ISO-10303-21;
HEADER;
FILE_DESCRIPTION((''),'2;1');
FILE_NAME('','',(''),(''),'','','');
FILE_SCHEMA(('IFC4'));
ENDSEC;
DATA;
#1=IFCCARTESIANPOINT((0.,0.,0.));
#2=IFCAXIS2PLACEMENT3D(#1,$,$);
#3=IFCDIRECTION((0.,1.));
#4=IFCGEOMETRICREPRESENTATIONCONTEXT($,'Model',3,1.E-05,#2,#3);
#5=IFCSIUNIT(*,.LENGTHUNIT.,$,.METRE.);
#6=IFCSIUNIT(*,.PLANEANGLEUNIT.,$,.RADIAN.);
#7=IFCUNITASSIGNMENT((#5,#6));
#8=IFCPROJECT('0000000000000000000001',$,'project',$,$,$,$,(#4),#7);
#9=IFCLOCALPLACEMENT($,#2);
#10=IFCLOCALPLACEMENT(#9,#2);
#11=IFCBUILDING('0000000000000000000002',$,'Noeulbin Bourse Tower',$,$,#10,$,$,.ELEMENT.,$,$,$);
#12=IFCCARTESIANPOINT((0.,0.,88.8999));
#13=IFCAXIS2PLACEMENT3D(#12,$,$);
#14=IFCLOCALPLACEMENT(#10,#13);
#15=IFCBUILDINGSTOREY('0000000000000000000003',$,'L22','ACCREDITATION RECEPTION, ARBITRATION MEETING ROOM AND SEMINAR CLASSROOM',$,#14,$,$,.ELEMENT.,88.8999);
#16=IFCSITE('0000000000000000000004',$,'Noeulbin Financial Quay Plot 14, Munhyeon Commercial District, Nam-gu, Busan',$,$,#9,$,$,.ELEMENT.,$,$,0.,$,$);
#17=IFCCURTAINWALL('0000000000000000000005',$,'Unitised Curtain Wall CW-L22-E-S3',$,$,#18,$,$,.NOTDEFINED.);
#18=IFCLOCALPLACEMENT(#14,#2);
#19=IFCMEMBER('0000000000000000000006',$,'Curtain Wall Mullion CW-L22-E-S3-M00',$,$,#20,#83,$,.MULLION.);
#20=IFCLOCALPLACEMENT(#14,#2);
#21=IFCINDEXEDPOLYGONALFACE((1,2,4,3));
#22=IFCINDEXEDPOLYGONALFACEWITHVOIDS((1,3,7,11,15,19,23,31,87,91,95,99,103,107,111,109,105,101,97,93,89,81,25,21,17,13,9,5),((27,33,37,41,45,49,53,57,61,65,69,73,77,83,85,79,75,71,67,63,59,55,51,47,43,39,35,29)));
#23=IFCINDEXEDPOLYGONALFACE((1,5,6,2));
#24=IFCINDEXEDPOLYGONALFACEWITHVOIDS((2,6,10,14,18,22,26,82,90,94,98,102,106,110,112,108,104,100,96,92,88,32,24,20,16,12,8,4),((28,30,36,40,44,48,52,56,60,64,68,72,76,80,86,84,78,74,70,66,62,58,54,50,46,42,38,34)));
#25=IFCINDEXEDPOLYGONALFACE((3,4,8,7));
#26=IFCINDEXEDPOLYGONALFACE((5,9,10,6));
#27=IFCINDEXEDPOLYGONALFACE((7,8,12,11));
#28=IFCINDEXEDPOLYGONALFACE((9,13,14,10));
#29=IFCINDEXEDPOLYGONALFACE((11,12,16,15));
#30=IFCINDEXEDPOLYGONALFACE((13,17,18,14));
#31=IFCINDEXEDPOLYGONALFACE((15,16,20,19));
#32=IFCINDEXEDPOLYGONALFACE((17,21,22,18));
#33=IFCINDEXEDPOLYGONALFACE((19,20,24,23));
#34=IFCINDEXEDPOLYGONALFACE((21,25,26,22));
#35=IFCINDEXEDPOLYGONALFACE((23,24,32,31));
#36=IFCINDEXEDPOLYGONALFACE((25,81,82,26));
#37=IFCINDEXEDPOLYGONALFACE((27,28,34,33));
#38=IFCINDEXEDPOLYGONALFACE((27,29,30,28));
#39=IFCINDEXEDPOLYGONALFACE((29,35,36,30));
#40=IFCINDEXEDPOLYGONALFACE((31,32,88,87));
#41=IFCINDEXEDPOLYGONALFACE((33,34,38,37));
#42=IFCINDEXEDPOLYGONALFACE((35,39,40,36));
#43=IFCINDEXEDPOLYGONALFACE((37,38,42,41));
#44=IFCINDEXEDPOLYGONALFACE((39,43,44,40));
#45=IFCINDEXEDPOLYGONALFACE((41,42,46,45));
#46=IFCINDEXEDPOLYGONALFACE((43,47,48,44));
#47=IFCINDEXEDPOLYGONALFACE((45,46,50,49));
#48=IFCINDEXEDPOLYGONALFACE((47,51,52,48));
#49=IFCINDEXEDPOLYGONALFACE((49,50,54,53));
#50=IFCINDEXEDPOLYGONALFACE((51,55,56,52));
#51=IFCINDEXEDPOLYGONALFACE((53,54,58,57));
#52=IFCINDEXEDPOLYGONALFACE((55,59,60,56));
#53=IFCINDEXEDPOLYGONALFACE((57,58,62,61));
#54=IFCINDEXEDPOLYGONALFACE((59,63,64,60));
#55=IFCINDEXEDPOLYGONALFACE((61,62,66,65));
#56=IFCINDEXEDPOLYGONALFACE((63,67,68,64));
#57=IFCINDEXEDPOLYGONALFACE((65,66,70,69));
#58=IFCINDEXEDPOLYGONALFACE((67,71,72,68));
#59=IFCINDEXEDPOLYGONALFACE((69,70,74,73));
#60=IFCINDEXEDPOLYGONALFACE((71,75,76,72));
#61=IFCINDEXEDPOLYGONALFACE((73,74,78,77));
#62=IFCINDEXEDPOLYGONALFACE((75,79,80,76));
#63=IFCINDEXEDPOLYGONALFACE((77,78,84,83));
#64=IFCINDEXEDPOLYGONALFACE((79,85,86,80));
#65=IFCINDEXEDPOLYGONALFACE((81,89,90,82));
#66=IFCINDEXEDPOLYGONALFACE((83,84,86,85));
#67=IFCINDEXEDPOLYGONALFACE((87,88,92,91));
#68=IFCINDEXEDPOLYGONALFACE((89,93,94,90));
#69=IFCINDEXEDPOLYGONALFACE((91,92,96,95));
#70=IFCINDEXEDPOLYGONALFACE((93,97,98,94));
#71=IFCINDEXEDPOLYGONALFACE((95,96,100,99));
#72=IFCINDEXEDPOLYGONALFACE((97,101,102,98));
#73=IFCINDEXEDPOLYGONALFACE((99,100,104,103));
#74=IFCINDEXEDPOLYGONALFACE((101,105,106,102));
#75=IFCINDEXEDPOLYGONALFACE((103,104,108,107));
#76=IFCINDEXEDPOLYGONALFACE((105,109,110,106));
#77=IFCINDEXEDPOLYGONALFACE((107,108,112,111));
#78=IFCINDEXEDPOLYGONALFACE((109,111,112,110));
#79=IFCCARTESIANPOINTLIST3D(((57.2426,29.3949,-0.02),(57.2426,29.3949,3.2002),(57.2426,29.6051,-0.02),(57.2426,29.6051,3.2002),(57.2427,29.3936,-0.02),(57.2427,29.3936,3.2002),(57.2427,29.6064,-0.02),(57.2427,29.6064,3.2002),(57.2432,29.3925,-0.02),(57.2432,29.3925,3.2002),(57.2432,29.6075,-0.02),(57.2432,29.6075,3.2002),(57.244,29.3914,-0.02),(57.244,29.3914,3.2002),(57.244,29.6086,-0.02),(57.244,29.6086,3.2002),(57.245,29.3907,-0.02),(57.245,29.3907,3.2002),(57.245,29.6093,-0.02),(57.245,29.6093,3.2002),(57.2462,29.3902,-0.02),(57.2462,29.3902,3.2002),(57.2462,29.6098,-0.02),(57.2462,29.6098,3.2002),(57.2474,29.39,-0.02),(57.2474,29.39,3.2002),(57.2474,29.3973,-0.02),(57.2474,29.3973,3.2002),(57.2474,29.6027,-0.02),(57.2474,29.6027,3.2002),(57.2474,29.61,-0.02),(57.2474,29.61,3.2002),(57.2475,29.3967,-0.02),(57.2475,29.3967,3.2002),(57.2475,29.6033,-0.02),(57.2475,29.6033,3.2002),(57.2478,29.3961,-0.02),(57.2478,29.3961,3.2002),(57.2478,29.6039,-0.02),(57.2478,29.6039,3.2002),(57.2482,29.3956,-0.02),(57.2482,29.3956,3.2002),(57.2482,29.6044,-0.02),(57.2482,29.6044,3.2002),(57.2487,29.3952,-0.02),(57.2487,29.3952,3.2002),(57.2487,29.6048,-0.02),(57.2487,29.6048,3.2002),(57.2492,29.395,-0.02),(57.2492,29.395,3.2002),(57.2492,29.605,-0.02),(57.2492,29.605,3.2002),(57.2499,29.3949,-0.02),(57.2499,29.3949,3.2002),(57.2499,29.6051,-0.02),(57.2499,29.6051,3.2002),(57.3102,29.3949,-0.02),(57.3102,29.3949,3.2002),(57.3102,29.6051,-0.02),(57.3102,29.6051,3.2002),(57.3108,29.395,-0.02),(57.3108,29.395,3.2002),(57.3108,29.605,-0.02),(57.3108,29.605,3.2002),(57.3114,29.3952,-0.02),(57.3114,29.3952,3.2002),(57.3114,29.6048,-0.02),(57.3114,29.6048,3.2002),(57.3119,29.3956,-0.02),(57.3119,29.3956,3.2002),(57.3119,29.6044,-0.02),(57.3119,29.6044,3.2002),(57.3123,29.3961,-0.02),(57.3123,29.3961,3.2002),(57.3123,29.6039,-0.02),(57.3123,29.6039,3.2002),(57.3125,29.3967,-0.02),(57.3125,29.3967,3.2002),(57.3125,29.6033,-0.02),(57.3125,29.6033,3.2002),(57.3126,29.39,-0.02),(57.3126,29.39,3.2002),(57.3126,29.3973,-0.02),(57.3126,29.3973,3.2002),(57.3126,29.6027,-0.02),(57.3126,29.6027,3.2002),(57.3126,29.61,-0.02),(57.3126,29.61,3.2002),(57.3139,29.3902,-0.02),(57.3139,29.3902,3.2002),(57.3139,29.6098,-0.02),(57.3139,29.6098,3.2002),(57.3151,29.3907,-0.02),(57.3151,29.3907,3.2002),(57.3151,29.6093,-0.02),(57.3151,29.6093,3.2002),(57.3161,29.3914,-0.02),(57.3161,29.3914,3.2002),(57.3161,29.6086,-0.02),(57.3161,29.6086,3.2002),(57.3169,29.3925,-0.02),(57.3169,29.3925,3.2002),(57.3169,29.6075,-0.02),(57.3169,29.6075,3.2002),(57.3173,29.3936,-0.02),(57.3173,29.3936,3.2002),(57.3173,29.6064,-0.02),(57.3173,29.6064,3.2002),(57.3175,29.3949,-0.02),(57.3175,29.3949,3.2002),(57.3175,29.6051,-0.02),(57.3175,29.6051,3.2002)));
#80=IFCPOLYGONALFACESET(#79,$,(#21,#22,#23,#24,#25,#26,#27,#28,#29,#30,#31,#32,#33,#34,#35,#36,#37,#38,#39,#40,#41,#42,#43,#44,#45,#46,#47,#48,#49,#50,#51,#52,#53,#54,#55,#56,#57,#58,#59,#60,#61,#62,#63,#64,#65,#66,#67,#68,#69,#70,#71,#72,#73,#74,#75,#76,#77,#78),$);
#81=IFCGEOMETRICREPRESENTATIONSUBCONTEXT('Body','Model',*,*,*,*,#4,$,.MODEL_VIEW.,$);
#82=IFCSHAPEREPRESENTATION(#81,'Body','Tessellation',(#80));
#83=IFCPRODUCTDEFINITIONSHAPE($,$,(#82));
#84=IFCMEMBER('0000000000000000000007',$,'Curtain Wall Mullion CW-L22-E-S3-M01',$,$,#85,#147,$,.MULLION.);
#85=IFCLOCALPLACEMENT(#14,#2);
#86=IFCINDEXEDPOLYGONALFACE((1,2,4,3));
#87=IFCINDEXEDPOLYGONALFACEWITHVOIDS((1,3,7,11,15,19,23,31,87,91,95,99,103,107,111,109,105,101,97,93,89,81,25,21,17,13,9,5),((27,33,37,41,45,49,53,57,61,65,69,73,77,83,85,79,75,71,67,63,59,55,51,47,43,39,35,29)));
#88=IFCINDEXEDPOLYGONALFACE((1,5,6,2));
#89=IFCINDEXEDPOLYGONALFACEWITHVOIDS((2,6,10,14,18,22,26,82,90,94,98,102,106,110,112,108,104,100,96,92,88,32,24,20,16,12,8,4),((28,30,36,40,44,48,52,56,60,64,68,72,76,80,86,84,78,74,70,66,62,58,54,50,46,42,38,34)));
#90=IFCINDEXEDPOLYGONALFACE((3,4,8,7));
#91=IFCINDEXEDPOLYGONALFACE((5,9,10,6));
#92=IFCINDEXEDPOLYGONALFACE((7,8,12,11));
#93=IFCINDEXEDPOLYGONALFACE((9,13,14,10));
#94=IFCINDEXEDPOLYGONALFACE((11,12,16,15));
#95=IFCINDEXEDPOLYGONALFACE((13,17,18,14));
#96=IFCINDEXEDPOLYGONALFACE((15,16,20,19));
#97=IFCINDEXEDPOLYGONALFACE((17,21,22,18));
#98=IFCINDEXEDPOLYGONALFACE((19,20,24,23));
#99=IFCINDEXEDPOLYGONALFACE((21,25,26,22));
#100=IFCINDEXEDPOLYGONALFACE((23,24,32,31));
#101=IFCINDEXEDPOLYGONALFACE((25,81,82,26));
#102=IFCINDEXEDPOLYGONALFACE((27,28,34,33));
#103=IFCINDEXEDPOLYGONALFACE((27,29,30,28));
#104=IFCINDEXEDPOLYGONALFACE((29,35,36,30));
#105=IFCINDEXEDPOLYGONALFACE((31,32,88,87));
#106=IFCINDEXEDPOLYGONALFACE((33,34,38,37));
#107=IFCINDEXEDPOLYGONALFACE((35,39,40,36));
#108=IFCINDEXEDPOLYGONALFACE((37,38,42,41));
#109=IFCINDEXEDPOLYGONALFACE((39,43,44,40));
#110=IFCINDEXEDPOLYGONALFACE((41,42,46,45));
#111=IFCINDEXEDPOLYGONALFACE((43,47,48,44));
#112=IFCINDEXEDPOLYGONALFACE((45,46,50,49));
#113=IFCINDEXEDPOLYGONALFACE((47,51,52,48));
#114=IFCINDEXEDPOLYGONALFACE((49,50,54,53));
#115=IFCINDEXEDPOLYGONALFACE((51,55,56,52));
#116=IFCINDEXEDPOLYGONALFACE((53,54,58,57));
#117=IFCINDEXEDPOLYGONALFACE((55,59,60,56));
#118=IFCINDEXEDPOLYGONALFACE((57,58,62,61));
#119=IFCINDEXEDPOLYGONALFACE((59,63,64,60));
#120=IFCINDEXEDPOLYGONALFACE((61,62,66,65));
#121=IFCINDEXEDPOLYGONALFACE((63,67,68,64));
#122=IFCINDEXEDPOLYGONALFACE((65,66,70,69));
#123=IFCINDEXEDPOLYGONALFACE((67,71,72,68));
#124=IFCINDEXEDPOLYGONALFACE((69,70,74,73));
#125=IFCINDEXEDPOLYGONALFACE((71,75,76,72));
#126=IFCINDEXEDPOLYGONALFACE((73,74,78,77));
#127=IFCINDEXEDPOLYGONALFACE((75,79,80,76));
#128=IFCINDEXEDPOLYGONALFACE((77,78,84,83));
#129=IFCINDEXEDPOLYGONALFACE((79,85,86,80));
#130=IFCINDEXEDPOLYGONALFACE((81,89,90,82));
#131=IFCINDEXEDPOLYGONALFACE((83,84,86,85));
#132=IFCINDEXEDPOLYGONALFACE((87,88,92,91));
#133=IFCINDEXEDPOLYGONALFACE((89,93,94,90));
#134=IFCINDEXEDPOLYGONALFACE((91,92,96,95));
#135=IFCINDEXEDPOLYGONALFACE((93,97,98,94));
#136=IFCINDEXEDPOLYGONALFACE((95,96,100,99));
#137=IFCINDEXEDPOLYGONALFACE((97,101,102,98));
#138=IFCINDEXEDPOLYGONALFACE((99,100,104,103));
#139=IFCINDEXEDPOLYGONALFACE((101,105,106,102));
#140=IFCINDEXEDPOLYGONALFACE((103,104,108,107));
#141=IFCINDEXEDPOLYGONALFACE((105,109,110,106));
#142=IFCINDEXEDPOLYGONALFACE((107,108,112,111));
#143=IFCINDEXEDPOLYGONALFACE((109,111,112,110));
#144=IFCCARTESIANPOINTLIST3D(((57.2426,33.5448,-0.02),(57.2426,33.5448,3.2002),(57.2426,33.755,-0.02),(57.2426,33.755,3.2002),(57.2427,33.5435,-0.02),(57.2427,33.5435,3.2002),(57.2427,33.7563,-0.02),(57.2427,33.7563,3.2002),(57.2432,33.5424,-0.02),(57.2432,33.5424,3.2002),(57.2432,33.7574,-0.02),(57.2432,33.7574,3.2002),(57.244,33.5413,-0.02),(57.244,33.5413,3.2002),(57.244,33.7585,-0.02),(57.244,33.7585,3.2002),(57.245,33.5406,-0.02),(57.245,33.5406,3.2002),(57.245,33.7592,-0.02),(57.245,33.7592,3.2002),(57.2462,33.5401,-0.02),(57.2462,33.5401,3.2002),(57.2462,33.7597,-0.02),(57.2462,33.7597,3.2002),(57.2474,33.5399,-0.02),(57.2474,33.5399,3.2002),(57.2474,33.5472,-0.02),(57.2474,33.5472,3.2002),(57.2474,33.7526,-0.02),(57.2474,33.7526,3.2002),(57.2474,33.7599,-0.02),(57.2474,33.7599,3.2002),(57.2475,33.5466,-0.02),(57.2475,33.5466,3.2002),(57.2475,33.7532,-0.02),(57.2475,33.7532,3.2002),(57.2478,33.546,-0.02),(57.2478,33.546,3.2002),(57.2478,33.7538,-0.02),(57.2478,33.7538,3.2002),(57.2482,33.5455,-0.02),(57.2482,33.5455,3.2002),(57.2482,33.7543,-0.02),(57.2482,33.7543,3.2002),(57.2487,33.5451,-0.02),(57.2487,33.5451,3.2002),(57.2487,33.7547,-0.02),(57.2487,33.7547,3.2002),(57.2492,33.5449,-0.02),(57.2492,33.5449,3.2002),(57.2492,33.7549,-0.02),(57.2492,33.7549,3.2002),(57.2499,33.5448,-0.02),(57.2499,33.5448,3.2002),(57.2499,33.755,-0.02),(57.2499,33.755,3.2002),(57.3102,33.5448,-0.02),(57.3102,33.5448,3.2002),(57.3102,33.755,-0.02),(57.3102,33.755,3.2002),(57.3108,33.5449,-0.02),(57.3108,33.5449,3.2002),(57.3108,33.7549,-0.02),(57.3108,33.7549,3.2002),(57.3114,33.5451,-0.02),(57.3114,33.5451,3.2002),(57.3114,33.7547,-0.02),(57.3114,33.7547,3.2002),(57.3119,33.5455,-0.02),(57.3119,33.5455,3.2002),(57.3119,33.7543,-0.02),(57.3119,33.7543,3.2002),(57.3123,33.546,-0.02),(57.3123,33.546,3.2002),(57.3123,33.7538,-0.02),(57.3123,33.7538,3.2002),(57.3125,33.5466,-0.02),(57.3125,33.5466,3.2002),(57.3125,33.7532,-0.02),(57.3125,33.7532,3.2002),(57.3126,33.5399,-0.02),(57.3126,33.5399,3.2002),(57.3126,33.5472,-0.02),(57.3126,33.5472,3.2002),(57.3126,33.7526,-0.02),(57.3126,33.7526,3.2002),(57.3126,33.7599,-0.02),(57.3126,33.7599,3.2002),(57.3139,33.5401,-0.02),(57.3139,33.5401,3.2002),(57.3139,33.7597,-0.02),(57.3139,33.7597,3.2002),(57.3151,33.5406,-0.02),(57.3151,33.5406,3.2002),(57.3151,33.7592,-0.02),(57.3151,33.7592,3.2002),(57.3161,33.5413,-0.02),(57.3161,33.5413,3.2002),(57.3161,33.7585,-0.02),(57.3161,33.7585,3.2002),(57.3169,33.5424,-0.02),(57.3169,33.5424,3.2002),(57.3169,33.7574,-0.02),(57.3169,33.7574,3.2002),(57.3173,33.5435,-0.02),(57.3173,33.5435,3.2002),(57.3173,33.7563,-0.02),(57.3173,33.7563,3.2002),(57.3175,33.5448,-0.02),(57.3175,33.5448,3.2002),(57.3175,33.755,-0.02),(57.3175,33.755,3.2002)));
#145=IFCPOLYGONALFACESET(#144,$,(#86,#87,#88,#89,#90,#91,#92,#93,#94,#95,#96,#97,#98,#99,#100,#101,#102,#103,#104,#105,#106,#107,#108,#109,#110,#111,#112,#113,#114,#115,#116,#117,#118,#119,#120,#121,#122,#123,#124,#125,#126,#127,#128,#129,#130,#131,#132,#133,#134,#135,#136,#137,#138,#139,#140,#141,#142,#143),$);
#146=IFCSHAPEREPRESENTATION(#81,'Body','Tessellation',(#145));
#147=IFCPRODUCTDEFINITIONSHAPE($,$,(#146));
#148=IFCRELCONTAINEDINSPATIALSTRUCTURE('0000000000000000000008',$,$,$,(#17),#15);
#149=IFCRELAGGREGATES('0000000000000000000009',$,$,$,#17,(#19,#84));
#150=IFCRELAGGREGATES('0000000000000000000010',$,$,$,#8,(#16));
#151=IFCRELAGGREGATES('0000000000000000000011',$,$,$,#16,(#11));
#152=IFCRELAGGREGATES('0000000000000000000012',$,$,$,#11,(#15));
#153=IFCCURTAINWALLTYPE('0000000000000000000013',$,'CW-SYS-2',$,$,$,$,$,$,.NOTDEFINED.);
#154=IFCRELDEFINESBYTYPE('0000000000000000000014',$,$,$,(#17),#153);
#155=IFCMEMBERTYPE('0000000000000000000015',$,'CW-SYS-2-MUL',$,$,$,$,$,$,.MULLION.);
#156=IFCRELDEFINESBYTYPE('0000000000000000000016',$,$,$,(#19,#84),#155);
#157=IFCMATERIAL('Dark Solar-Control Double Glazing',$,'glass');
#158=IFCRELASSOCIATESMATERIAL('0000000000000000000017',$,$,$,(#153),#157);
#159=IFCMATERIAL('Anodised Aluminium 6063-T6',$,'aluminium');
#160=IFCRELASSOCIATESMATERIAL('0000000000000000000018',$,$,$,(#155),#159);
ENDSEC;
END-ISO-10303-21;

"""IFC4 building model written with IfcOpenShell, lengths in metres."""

from ifc_helpers import new_model, si_unit, direction, frame, origin, origin_2d, place, context, subcontext, project, spatial, hollow_rectangle, extrude, material, material_profile, profile_set, type_object, element, aggregate, save


model = new_model("IFC4")

# Units and contexts
model_context = context("Model", 3, precision=1e-05, world=origin(), true_north=direction((0.0, 1.0)))
body_context = subcontext(model_context, "Body", "Model", "MODEL_VIEW")
ifc_project = project(units=[si_unit("LENGTHUNIT", "METRE"), si_unit("PLANEANGLEUNIT", "RADIAN")], contexts=[model_context])

# Site, building, storey
site_placement = place(None, origin())
site = spatial("IfcSite", under=ifc_project, at=site_placement, Name="Noeulbin Financial Quay Plot 14, Munhyeon Commercial District, Nam-gu, Busan", CompositionType="ELEMENT", RefElevation=0.0)
building_placement = place(site_placement, origin())
building = spatial("IfcBuilding", under=site, at=building_placement, Name="Noeulbin Bourse Tower", CompositionType="ELEMENT")
storey_placement = place(building_placement, frame((0.0, 0.0, 88.8999)))
storey = spatial("IfcBuildingStorey", under=building, at=storey_placement, Name="L22", Description="ACCREDITATION RECEPTION, ARBITRATION MEETING ROOM AND SEMINAR CLASSROOM", CompositionType="ELEMENT", Elevation=88.8999)

# Curtain wall, members
ifc_material_1 = material(Name="Dark Solar-Control Double Glazing", Category="glass")
curtain_wall_type = type_object("IfcCurtainWallType", Name="CW-SYS-2", PredefinedType="NOTDEFINED", material=ifc_material_1)
ifc_material_2 = material(Name="Anodised Aluminium 6063-T6", Category="aluminium")
ifc_material_profile_1 = material_profile(ifc_material_2, hollow_rectangle(XDim=0.075, YDim=0.22, WallThickness=0.0049, InnerFilletRadius=0.0024, OuterFilletRadius=0.0049, at=origin_2d()), Name="ALU-MULL-75x220x5", Category="LoadBearing")
ifc_profile_set_1 = profile_set([ifc_material_profile_1], Name="Anodised Aluminium 6063-T6")
member_type_1 = type_object("IfcMemberType", Name="CW-SYS-2-MUL", PredefinedType="MULLION", material=ifc_profile_set_1)
curtain_wall_1_placement = place(storey_placement, origin())
curtain_wall_1 = element("IfcCurtainWall", 1, at=curtain_wall_1_placement, inside=storey, type_object=curtain_wall_type, Name="Unitised Curtain Wall CW-L22-E-S3", PredefinedType="NOTDEFINED")
member_1_placement = place(storey_placement, frame((57.28, 29.5, -0.02), z_axis=(0.0, 0.0, 1.0), x_axis=(1.0, 0.0, 0.0)))
member_1 = element("IfcMember", 2, at=member_1_placement, type_object=member_type_1, Name="Curtain Wall Mullion CW-L22-E-S3-M00", PredefinedType="MULLION", context=body_context, shape_type="SweptSolid", body=[
    extrude(hollow_rectangle(XDim=0.075, YDim=0.22, WallThickness=0.0049, InnerFilletRadius=0.0024, OuterFilletRadius=0.0049, at=origin_2d()), origin(), (0.0, 0.0, 1.0), 3.2202),
])
member_2_placement = place(storey_placement, frame((57.28, 33.6499, -0.02), z_axis=(0.0, 0.0, 1.0), x_axis=(1.0, 0.0, 0.0)))
member_2 = element("IfcMember", 3, at=member_2_placement, type_object=member_type_1, Name="Curtain Wall Mullion CW-L22-E-S3-M01", PredefinedType="MULLION", context=body_context, shape_type="SweptSolid", body=[
    extrude(hollow_rectangle(XDim=0.075, YDim=0.22, WallThickness=0.0049, InnerFilletRadius=0.0024, OuterFilletRadius=0.0049, at=origin_2d()), origin(), (0.0, 0.0, 1.0), 3.2202),
])

aggregate(curtain_wall_1, [member_1, member_2])

save(model, "model.ifc")
